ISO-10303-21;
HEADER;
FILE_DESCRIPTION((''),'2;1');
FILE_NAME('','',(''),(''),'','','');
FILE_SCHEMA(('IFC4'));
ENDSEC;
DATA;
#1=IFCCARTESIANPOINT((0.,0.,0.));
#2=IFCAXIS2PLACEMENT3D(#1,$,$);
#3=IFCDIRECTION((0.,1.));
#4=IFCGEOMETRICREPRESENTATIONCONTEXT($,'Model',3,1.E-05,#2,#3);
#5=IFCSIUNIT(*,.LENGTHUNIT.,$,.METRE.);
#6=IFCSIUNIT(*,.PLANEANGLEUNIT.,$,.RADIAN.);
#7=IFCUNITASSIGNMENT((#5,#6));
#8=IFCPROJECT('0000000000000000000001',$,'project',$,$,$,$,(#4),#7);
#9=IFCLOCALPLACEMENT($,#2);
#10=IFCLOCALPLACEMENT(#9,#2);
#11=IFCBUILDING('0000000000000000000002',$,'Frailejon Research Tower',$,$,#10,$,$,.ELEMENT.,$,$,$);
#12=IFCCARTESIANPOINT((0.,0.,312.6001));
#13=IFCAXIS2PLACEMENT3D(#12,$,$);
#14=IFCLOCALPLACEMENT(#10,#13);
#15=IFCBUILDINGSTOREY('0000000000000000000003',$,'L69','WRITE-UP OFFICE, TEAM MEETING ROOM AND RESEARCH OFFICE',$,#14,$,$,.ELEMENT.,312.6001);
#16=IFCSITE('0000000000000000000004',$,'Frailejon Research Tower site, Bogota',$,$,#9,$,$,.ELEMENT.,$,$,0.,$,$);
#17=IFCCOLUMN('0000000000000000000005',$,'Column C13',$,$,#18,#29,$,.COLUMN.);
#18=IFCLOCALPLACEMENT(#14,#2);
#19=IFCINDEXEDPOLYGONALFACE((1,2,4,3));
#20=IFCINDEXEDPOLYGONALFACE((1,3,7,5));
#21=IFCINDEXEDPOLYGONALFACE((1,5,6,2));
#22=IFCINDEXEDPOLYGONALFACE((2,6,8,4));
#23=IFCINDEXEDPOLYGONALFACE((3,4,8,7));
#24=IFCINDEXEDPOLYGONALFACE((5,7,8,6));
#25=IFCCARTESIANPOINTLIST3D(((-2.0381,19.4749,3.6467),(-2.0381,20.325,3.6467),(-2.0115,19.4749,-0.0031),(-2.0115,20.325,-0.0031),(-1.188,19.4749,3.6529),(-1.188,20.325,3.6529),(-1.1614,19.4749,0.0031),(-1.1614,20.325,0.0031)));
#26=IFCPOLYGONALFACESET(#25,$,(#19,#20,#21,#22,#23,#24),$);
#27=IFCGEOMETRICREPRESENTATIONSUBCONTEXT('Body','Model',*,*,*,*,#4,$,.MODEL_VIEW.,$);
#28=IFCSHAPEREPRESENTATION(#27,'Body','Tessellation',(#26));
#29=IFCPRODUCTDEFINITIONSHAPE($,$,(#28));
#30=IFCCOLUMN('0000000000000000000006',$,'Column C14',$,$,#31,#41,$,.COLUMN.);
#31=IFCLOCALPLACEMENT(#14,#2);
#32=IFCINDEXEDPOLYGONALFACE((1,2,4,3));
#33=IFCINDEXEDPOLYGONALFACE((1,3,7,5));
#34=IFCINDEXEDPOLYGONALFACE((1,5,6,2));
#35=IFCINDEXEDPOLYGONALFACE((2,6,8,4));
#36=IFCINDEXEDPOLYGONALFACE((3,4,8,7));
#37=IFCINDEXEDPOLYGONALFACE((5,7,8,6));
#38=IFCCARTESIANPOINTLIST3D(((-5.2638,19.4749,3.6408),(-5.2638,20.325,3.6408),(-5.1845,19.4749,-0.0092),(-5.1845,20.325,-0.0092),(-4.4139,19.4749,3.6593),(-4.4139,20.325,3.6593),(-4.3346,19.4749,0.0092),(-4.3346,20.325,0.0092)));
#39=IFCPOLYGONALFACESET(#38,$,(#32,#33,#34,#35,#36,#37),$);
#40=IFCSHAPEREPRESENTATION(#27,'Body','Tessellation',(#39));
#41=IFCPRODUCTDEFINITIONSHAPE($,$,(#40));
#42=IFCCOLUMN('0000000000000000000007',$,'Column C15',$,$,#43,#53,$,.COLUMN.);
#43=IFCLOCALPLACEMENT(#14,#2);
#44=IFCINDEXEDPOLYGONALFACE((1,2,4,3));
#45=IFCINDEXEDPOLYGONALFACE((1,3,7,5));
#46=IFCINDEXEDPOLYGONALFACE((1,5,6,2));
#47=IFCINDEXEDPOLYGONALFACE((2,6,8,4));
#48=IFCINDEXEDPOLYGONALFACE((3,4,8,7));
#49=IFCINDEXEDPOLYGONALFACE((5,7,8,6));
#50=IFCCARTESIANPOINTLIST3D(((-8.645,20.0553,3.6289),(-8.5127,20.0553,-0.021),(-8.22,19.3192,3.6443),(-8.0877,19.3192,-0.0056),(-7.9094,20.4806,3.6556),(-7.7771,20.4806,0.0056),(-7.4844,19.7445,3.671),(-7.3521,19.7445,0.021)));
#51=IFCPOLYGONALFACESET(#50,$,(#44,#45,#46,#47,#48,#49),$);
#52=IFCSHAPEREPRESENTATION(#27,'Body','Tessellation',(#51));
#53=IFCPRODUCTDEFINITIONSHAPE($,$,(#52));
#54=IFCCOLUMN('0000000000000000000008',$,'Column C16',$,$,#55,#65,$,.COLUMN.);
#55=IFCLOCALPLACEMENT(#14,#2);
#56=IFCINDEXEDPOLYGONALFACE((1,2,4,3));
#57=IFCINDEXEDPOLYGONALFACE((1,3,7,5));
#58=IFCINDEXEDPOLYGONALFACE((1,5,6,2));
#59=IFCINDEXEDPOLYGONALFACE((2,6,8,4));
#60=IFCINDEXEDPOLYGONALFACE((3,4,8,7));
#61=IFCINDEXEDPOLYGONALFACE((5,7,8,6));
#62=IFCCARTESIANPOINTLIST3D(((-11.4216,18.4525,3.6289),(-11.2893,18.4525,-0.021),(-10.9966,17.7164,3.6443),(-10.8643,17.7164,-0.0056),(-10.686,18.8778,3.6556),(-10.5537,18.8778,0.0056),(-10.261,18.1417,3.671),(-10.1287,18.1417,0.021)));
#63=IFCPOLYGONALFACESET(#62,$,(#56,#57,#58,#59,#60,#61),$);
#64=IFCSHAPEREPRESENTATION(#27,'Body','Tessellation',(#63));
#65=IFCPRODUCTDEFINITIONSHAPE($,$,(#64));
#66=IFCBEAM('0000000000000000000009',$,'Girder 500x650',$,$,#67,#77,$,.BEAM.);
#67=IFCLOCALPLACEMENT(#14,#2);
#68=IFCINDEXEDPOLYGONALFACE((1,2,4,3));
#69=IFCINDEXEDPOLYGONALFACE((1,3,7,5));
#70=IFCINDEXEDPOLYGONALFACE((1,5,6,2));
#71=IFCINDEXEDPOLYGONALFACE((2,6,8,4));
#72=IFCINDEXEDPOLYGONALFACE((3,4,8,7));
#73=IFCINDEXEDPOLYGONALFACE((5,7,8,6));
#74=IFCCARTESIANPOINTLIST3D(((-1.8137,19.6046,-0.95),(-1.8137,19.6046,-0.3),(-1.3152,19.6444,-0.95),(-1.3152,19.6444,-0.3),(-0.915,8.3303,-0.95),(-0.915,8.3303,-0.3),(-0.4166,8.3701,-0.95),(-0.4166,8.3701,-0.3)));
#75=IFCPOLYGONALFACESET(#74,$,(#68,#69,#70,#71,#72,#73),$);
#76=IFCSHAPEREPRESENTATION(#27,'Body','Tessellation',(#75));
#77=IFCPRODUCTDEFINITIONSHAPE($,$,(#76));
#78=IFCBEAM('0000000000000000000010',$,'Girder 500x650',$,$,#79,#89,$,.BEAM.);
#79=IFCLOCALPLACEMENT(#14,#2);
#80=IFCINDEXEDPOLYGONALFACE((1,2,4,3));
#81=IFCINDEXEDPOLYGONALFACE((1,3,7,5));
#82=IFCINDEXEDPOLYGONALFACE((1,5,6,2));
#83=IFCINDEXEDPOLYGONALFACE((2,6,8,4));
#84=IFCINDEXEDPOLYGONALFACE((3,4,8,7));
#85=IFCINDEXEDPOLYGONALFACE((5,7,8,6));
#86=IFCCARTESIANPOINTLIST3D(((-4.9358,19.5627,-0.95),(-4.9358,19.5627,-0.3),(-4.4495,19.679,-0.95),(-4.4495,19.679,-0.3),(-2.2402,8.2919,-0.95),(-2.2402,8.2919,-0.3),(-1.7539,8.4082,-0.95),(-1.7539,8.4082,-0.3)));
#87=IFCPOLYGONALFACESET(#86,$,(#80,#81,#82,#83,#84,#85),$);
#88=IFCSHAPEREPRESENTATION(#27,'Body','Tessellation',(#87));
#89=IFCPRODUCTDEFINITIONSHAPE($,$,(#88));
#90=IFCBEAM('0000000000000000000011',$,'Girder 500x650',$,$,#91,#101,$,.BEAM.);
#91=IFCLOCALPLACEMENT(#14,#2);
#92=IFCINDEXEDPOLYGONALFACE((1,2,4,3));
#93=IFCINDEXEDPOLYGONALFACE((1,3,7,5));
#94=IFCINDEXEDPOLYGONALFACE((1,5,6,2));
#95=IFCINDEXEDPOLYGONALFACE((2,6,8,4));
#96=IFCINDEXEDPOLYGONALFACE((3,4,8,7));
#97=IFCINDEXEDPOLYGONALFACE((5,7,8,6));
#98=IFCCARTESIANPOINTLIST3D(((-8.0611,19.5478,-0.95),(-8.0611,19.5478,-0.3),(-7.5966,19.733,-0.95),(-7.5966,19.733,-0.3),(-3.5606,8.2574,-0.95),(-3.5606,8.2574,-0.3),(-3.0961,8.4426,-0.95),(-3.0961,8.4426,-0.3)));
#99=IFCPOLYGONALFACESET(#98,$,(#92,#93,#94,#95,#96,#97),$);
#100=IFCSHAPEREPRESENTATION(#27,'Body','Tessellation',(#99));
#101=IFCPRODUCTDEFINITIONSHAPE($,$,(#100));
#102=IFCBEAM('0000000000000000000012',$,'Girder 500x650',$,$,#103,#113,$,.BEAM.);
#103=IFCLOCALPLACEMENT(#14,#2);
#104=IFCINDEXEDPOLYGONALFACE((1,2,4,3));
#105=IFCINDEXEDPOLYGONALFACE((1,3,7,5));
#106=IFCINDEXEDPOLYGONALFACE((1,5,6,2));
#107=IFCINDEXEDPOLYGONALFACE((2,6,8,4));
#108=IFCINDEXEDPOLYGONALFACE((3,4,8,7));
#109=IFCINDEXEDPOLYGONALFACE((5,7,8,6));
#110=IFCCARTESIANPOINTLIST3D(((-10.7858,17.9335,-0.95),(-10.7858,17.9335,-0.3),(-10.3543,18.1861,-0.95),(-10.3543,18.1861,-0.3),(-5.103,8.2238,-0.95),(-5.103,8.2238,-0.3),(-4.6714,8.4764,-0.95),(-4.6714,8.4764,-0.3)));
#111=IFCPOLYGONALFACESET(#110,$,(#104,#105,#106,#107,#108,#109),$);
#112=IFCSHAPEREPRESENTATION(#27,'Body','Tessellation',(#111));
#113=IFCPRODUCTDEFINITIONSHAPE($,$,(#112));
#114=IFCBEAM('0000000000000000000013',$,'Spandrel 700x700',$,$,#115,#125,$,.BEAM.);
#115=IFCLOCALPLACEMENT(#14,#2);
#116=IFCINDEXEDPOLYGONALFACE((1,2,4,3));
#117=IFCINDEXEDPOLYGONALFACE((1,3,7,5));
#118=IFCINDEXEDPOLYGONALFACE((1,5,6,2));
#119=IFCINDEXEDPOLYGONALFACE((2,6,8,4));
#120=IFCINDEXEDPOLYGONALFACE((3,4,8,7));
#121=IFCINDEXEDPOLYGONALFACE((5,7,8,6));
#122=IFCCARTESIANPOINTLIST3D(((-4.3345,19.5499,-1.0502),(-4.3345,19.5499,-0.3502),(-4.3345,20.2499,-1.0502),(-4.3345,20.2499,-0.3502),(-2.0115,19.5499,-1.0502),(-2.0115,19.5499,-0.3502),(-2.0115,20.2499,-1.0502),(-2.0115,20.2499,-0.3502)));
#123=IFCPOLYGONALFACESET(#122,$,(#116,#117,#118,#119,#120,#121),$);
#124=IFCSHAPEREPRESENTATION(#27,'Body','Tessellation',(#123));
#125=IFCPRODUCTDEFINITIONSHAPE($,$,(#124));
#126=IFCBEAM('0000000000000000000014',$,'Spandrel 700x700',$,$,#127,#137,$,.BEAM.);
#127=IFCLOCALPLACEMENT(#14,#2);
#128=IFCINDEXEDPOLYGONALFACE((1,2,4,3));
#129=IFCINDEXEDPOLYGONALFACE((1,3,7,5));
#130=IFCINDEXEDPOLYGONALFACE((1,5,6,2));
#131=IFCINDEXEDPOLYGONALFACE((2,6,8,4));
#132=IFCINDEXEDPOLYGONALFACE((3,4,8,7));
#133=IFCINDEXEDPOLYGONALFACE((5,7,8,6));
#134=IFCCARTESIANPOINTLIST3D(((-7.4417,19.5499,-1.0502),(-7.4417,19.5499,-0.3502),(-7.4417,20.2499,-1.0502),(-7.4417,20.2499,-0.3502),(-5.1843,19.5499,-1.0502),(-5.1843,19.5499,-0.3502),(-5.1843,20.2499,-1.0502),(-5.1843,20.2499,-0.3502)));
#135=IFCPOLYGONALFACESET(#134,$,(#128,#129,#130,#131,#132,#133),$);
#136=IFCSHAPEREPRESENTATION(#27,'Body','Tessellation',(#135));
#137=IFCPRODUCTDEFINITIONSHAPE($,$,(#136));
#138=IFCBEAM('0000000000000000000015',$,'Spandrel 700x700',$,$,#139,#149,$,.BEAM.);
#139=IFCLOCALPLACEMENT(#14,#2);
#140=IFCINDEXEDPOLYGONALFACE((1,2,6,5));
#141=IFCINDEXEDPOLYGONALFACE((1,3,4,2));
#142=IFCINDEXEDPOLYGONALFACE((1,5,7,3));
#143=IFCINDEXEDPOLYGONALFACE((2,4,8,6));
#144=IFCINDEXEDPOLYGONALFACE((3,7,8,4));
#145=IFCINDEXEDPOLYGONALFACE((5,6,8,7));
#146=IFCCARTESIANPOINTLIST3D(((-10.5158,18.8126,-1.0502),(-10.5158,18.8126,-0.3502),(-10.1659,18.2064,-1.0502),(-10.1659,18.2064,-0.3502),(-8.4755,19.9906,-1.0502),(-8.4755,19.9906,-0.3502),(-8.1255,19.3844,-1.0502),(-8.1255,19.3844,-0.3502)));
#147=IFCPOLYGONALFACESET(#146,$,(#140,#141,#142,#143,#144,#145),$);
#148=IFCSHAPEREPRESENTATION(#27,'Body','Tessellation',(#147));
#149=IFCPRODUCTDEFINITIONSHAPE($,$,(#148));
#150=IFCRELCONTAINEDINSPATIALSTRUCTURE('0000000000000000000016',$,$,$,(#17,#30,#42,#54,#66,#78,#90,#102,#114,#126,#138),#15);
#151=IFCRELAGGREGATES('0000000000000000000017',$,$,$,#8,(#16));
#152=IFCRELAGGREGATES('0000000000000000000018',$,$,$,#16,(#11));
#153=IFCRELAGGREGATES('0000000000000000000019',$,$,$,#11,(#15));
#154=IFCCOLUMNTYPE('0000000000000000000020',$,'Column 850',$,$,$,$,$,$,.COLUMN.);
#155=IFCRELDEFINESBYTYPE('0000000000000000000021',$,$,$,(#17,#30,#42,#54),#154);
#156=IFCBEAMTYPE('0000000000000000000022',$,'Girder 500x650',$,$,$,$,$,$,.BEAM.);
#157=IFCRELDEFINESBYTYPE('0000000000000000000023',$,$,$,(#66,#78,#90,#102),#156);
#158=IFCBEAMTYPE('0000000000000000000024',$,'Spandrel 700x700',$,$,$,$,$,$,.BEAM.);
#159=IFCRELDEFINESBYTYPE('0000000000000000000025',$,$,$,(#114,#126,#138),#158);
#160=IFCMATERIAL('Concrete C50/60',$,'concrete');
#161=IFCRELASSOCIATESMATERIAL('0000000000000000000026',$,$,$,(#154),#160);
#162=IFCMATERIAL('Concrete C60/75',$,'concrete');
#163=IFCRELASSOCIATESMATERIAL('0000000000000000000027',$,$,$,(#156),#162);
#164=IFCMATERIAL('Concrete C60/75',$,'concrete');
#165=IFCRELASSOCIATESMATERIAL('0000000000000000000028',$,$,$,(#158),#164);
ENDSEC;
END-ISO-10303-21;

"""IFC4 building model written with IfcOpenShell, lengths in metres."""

from ifc_helpers import new_model, si_unit, direction, frame, origin, origin_2d, place, context, subcontext, project, spatial, rectangle, extrude, material, material_profile, profile_set, type_object, element, save


model = new_model("IFC4")

# Units and contexts
model_context = context("Model", 3, precision=1e-05, world=origin(), true_north=direction((0.0, 1.0)))
body_context = subcontext(model_context, "Body", "Model", "MODEL_VIEW")
ifc_project = project(units=[si_unit("LENGTHUNIT", "METRE"), si_unit("PLANEANGLEUNIT", "RADIAN")], contexts=[model_context])

# Site, building, storey
site_placement = place(None, origin())
site = spatial("IfcSite", under=ifc_project, at=site_placement, Name="Frailejon Research Tower site, Bogota", CompositionType="ELEMENT", RefElevation=0.0)
building_placement = place(site_placement, origin())
building = spatial("IfcBuilding", under=site, at=building_placement, Name="Frailejon Research Tower", CompositionType="ELEMENT")
storey_placement = place(building_placement, frame((0.0, 0.0, 312.6001)))
storey = spatial("IfcBuildingStorey", under=building, at=storey_placement, Name="L69", Description="WRITE-UP OFFICE, TEAM MEETING ROOM AND RESEARCH OFFICE", CompositionType="ELEMENT", Elevation=312.6001)

# Columns
ifc_material_1 = material(Name="Concrete C50/60", Category="concrete")
ifc_material_profile_1 = material_profile(ifc_material_1, rectangle(XDim=0.8501, YDim=0.8501, at=origin_2d()), Name="Column 850")
ifc_profile_set_1 = profile_set([ifc_material_profile_1], Name="Concrete C50/60")
column_type = type_object("IfcColumnType", Name="Column 850", PredefinedType="COLUMN", material=ifc_profile_set_1)
column_1_placement = place(storey_placement, frame((-1.5864, 19.8999, 0.0), z_axis=(-0.007291, 0.0, 0.999973), x_axis=(-0.999973, 0.0, -0.007291)))
element("IfcColumn", 1, at=column_1_placement, inside=storey, type_object=column_type, Name="Column C13", PredefinedType="COLUMN", context=body_context, shape_type="SweptSolid", body=[
    extrude(rectangle(XDim=0.8501, YDim=0.8501, at=origin_2d()), origin(), (0.0, 0.0, 1.0), 3.6499),
])
column_2_placement = place(storey_placement, frame((-4.7595, 19.8999, 0.0), z_axis=(-0.021734, 0.0, 0.999764), x_axis=(-0.999764, 0.0, -0.021734)))
element("IfcColumn", 2, at=column_2_placement, inside=storey, type_object=column_type, Name="Column C14", PredefinedType="COLUMN", context=body_context, shape_type="SweptSolid", body=[
    extrude(rectangle(XDim=0.8501, YDim=0.8501, at=origin_2d()), origin(), (0.0, 0.0, 1.0), 3.6509),
])
for number, where, z_axis, x_axis, name in (
    (3, (-7.9324, 19.8999, 0.0), (-0.03623, 0.0, 0.999343), (-0.865315, -0.500246, -0.031371), "Column C15"),
    (4, (-10.709, 18.2971, 0.0), (-0.03623, 0.0, 0.999343), (-0.865315, -0.500246, -0.031371), "Column C16"),
):
    element("IfcColumn", number, at=place(storey_placement, frame(where, z_axis=z_axis, x_axis=x_axis)), inside=storey, type_object=column_type, Name=name, PredefinedType="COLUMN", context=body_context, shape_type="SweptSolid", body=[
        extrude(rectangle(XDim=0.8501, YDim=0.8501, at=origin_2d()), origin(), (0.0, 0.0, 1.0), 3.6523),
    ])

# Beams
ifc_material_2 = material(Name="Concrete C60/75", Category="concrete")
ifc_material_profile_2 = material_profile(ifc_material_2, rectangle(XDim=0.5, YDim=0.6499, at=origin_2d()), Name="Girder 500x650")
ifc_profile_set_2 = profile_set([ifc_material_profile_2], Name="Concrete C60/75")
beam_type_1 = type_object("IfcBeamType", Name="Girder 500x650", PredefinedType="BEAM", material=ifc_profile_set_2)
beam_1_placement = place(storey_placement, frame((-1.5645, 19.6245, -0.625), z_axis=(0.079458, -0.996838, 0.0), x_axis=(0.996838, 0.079458, 0.0)))
element("IfcBeam", 5, at=beam_1_placement, inside=storey, type_object=beam_type_1, Name="Girder 500x650", PredefinedType="BEAM", context=body_context, shape_type="SweptSolid", body=[
    extrude(rectangle(XDim=0.5, YDim=0.6499, at=origin_2d()), origin(), (0.0, 0.0, 1.0), 11.3101),
])
beam_2_placement = place(storey_placement, frame((-4.6926, 19.6208, -0.625), z_axis=(0.232604, -0.972572, 0.0), x_axis=(0.972572, 0.232604, 0.0)))
element("IfcBeam", 6, at=beam_2_placement, inside=storey, type_object=beam_type_1, Name="Girder 500x650", PredefinedType="BEAM", context=body_context, shape_type="SweptSolid", body=[
    extrude(rectangle(XDim=0.5, YDim=0.6499, at=origin_2d()), origin(), (0.0, 0.0, 1.0), 11.5886),
])
beam_3_placement = place(storey_placement, frame((-7.8289, 19.6404, -0.625), z_axis=(0.370282, -0.928919, 0.0), x_axis=(0.928919, 0.370282, 0.0)))
element("IfcBeam", 7, at=beam_3_placement, inside=storey, type_object=beam_type_1, Name="Girder 500x650", PredefinedType="BEAM", context=body_context, shape_type="SweptSolid", body=[
    extrude(rectangle(XDim=0.5, YDim=0.6499, at=origin_2d()), origin(), (0.0, 0.0, 1.0), 12.1543),
])
beam_4_placement = place(storey_placement, frame((-10.5701, 18.0598, -0.625), z_axis=(0.505121, -0.863048, 0.0), x_axis=(0.863048, 0.505121, 0.0)))
element("IfcBeam", 8, at=beam_4_placement, inside=storey, type_object=beam_type_1, Name="Girder 500x650", PredefinedType="BEAM", context=body_context, shape_type="SweptSolid", body=[
    extrude(rectangle(XDim=0.5, YDim=0.6499, at=origin_2d()), origin(), (0.0, 0.0, 1.0), 11.2505),
])
ifc_material_3 = material(Name="Concrete C60/75", Category="concrete")
ifc_material_profile_3 = material_profile(ifc_material_3, rectangle(XDim=0.7, YDim=0.7, at=origin_2d()), Name="Spandrel 700x700")
ifc_profile_set_3 = profile_set([ifc_material_profile_3], Name="Concrete C60/75")
beam_type_2 = type_object("IfcBeamType", Name="Spandrel 700x700", PredefinedType="BEAM", material=ifc_profile_set_3)
beam_5_placement = place(storey_placement, frame((-2.0115, 19.8999, -0.7002), z_axis=(-1.0, 0.0, 0.0), x_axis=(0.0, -1.0, 0.0)))
element("IfcBeam", 9, at=beam_5_placement, inside=storey, type_object=beam_type_2, Name="Spandrel 700x700", PredefinedType="BEAM", context=body_context, shape_type="SweptSolid", body=[
    extrude(rectangle(XDim=0.7, YDim=0.7, at=origin_2d()), origin(), (0.0, 0.0, 1.0), 2.323),
])
beam_6_placement = place(storey_placement, frame((-5.1843, 19.8999, -0.7002), z_axis=(-1.0, 0.0, 0.0), x_axis=(0.0, -1.0, 0.0)))
element("IfcBeam", 10, at=beam_6_placement, inside=storey, type_object=beam_type_2, Name="Spandrel 700x700", PredefinedType="BEAM", context=body_context, shape_type="SweptSolid", body=[
    extrude(rectangle(XDim=0.7, YDim=0.7, at=origin_2d()), origin(), (0.0, 0.0, 1.0), 2.2573),
])
beam_7_placement = place(storey_placement, frame((-8.3005, 19.6875, -0.7002), z_axis=(-0.866022, -0.500007, 0.0), x_axis=(0.500007, -0.866022, 0.0)))
element("IfcBeam", 11, at=beam_7_placement, inside=storey, type_object=beam_type_2, Name="Spandrel 700x700", PredefinedType="BEAM", context=body_context, shape_type="SweptSolid", body=[
    extrude(rectangle(XDim=0.7, YDim=0.7, at=origin_2d()), origin(), (0.0, 0.0, 1.0), 2.356),
])

save(model, "model.ifc")
